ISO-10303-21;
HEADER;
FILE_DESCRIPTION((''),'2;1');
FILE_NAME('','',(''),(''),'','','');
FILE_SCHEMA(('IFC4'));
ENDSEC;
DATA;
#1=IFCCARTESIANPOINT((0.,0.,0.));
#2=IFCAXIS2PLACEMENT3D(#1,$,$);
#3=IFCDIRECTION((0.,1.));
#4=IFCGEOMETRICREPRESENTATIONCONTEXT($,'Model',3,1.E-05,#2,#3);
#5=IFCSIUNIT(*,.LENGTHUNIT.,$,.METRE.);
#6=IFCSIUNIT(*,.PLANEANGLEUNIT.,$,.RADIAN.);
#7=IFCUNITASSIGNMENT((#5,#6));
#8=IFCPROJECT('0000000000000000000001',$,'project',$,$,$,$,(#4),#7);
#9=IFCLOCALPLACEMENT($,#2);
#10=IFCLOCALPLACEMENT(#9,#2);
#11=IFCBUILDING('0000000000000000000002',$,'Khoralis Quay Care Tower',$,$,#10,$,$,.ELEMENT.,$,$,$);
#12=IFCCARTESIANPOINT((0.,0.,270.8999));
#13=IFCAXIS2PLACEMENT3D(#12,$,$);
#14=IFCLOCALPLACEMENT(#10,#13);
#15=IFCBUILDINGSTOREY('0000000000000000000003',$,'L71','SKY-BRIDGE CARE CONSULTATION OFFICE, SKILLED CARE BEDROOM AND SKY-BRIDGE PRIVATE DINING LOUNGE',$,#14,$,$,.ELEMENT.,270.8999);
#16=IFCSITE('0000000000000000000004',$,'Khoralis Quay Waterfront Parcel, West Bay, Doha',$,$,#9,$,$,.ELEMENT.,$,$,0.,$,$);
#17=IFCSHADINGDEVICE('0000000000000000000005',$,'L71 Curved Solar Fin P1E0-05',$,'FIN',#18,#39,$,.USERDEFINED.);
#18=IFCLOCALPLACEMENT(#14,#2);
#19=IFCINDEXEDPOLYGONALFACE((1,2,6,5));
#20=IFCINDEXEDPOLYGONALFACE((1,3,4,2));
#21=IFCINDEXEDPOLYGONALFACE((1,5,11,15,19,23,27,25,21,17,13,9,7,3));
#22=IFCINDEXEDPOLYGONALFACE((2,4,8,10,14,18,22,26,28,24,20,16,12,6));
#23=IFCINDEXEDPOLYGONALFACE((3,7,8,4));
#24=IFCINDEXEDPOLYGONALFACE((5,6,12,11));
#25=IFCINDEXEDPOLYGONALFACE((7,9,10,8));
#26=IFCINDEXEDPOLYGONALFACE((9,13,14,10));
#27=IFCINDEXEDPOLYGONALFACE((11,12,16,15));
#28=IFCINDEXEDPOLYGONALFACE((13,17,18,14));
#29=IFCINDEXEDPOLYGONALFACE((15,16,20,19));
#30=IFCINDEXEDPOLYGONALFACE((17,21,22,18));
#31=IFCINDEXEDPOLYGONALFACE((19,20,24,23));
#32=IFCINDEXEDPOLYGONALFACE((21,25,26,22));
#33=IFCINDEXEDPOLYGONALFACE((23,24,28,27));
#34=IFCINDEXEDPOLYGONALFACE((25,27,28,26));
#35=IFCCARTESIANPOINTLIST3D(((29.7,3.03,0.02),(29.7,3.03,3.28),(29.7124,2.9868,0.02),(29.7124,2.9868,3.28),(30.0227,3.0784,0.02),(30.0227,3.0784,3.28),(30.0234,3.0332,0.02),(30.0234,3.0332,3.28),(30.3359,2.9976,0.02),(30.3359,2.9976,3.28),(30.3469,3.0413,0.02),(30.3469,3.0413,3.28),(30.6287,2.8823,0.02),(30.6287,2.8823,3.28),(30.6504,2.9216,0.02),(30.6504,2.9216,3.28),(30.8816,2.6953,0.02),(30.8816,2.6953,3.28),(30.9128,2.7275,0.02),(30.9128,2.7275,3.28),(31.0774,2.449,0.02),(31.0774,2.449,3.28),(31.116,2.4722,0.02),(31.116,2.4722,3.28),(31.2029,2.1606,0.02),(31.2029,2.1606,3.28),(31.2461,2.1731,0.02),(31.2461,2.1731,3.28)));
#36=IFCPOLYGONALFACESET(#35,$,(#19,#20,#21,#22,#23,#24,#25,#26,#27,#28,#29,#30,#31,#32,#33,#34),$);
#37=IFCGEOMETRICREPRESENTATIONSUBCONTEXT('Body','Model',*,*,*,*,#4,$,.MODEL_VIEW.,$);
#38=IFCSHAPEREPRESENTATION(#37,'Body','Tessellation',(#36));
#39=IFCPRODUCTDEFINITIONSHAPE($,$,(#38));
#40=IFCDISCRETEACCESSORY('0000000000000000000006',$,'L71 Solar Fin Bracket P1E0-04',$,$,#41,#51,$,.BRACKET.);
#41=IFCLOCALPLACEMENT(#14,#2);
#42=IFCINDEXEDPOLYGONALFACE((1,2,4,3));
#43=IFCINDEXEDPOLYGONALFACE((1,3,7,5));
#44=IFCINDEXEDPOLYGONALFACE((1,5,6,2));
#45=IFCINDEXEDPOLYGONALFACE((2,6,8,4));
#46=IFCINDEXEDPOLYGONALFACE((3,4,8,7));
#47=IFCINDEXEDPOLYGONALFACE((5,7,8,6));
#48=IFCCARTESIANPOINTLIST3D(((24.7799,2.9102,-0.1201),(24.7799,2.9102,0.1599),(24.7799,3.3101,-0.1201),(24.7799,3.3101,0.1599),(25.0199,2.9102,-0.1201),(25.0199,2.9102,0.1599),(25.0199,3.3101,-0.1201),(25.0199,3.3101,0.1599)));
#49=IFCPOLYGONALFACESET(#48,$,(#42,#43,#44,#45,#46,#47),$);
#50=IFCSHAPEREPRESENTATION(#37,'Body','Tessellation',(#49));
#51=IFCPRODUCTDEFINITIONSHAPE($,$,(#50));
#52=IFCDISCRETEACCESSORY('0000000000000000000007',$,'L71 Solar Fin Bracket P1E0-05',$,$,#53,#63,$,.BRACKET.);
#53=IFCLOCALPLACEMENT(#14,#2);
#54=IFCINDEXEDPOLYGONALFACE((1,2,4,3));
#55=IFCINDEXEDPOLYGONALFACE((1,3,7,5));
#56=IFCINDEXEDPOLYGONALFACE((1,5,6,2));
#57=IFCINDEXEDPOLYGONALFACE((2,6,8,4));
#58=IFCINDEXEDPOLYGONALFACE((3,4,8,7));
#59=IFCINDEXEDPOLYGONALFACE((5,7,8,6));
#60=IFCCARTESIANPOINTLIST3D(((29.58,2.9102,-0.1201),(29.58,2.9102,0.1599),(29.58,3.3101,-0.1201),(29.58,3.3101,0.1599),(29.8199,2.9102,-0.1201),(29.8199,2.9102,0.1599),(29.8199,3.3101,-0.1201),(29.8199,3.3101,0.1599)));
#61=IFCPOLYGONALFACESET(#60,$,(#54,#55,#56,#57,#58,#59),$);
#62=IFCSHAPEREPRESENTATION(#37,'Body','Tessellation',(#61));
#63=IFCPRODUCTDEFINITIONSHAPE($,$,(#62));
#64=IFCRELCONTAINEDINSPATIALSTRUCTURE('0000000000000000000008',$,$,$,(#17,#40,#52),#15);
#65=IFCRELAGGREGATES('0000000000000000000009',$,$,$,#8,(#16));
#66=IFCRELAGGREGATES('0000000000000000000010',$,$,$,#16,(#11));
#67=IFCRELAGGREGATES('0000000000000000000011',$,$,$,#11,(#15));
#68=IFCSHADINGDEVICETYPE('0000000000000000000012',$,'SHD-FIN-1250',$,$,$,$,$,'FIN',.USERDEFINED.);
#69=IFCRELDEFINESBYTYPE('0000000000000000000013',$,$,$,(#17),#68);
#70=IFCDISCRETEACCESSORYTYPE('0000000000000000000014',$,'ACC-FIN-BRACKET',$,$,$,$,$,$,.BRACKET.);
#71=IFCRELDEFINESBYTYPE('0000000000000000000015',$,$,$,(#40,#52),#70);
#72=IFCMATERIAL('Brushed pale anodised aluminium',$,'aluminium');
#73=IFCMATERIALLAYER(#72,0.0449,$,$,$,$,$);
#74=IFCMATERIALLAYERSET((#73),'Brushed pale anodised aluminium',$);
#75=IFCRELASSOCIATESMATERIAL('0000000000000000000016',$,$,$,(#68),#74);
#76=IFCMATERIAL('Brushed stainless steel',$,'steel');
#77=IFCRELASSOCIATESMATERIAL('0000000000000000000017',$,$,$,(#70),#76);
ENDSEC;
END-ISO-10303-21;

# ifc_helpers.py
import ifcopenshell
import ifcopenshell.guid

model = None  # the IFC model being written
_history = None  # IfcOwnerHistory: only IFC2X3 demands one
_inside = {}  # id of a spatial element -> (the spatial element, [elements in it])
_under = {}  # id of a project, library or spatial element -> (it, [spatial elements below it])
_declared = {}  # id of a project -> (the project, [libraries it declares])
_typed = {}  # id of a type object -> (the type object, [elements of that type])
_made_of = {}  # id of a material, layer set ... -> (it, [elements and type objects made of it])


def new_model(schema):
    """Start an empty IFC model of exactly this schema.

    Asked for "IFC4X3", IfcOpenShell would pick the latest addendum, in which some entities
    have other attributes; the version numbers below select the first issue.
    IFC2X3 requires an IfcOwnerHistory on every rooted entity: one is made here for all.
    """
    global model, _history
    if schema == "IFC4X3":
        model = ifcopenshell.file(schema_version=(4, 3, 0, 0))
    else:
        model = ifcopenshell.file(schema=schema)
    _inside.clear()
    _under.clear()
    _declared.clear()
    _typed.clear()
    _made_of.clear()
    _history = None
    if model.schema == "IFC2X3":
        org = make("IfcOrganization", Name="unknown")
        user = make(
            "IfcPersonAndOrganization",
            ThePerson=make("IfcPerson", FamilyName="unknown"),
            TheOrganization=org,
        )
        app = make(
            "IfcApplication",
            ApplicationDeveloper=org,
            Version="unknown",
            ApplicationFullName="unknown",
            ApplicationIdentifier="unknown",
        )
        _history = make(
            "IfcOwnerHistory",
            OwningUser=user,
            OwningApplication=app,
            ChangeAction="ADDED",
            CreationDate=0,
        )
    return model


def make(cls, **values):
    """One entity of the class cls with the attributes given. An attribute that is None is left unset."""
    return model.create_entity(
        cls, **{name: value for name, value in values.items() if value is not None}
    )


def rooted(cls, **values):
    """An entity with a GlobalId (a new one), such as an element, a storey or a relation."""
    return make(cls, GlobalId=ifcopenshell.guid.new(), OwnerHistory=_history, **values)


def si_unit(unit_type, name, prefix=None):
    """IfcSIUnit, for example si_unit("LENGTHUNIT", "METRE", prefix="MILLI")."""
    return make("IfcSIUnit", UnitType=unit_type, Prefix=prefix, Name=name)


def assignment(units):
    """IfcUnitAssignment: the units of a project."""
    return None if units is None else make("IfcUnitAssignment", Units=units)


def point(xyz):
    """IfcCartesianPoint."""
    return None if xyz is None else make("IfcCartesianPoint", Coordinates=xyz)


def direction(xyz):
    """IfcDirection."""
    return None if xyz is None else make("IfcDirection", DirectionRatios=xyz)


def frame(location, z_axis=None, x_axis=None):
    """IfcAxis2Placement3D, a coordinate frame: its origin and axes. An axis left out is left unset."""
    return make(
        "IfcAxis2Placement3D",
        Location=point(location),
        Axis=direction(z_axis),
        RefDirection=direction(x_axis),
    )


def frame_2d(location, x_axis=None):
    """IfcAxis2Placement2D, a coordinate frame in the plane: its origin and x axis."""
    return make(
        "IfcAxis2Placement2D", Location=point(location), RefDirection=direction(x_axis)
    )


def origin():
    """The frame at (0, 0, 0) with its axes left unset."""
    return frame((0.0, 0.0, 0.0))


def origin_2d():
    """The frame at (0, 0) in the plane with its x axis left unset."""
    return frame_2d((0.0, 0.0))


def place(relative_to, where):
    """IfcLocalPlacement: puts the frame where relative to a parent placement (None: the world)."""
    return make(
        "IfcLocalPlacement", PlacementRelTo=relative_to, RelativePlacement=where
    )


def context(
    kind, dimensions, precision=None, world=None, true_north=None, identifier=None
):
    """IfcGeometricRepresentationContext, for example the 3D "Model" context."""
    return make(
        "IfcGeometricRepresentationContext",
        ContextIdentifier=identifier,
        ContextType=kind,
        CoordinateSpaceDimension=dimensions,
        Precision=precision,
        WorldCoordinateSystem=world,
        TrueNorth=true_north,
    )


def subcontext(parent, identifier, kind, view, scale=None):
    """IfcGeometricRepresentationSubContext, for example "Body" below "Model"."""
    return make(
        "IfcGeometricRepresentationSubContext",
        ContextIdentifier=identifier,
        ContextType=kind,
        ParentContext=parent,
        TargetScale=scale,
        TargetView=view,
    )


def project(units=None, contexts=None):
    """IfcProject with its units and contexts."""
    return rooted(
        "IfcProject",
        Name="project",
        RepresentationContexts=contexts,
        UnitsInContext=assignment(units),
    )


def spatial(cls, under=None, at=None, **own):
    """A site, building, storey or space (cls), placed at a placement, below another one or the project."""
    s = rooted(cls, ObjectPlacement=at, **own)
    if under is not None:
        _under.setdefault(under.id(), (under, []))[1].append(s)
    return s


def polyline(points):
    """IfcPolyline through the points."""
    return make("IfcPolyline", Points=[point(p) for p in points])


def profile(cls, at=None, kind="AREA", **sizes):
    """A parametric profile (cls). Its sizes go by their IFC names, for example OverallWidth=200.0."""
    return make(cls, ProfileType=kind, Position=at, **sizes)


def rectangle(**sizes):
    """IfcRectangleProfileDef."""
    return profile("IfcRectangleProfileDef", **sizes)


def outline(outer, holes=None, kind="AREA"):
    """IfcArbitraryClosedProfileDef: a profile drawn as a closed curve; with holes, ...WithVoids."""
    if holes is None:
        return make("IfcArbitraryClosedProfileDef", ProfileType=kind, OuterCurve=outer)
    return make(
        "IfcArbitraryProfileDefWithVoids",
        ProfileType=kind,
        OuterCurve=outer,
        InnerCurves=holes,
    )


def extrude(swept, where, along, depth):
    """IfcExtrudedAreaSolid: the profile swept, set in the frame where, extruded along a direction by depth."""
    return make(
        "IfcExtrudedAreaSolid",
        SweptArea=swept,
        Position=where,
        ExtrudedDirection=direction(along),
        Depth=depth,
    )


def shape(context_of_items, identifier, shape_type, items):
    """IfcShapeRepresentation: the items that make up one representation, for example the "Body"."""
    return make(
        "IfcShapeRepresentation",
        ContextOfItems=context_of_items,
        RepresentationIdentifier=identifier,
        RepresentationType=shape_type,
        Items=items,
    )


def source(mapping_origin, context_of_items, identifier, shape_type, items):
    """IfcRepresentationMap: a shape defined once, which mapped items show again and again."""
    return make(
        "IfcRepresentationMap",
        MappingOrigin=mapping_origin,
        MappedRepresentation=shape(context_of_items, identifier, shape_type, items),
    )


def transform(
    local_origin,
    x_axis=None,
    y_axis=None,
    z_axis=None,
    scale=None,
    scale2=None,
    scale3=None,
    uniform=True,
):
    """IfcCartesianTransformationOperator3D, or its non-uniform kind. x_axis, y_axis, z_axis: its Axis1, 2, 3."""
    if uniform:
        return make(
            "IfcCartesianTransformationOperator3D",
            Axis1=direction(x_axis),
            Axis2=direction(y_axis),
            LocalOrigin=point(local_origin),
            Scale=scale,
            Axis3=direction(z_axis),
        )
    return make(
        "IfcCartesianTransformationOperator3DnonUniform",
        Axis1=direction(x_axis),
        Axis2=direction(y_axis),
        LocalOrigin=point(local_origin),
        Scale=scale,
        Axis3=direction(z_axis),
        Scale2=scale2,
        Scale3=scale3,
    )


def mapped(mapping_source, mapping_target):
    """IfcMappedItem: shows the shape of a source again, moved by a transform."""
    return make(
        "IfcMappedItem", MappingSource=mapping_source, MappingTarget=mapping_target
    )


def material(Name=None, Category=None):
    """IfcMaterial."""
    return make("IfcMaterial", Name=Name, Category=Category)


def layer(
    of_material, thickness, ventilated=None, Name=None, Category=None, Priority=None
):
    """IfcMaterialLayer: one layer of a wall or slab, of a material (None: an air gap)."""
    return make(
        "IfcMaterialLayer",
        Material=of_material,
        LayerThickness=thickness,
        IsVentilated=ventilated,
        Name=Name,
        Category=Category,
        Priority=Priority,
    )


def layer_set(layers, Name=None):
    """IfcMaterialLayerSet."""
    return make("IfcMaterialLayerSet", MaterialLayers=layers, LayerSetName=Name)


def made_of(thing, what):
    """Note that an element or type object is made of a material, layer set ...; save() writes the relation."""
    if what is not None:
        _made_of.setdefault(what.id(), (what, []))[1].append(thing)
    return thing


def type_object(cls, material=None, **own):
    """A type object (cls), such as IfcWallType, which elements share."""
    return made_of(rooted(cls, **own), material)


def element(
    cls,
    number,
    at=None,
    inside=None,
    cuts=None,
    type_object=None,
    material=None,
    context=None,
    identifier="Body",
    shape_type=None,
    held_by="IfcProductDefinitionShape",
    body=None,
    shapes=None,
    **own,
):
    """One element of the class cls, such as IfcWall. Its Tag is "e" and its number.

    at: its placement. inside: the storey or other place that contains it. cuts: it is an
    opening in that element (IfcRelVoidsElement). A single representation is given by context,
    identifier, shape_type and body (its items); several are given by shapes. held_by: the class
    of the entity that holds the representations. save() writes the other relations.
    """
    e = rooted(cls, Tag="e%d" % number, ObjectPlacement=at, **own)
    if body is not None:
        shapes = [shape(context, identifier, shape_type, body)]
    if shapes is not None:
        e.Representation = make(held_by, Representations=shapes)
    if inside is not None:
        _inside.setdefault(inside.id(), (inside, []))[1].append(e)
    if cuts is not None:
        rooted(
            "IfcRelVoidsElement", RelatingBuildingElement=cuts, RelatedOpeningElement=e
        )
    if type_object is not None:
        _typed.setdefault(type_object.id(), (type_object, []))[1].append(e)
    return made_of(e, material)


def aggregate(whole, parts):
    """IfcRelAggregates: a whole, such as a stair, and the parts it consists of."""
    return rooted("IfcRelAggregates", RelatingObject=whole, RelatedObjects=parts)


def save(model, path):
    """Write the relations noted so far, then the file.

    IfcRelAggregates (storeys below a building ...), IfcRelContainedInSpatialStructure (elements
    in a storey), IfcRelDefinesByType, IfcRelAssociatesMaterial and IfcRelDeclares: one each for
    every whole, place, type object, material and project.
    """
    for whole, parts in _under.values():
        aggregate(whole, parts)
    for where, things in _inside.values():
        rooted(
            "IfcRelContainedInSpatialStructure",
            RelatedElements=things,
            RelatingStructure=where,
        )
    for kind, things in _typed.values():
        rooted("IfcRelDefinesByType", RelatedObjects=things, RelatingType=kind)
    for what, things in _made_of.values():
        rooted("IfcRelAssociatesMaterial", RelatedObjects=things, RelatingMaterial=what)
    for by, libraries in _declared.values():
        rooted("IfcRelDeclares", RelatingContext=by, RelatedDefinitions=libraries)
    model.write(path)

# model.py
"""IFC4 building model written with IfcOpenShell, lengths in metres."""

from ifc_helpers import new_model, si_unit, direction, frame, origin, origin_2d, place, context, subcontext, project, spatial, polyline, rectangle, outline, extrude, source, transform, mapped, material, layer, layer_set, type_object, element, save


model = new_model("IFC4")

# Units and contexts
model_context = context("Model", 3, precision=1e-05, world=origin(), true_north=direction((0.0, 1.0)))
body_context = subcontext(model_context, "Body", "Model", "MODEL_VIEW")
ifc_project = project(units=[si_unit("LENGTHUNIT", "METRE"), si_unit("PLANEANGLEUNIT", "RADIAN")], contexts=[model_context])

# Site, building, storey
site_placement = place(None, origin())
site = spatial("IfcSite", under=ifc_project, at=site_placement, Name="Khoralis Quay Waterfront Parcel, West Bay, Doha", CompositionType="ELEMENT", RefElevation=0.0)
building_placement = place(site_placement, origin())
building = spatial("IfcBuilding", under=site, at=building_placement, Name="Khoralis Quay Care Tower", CompositionType="ELEMENT")
storey_placement = place(building_placement, frame((0.0, 0.0, 270.8999)))
storey = spatial("IfcBuildingStorey", under=building, at=storey_placement, Name="L71", Description="SKY-BRIDGE CARE CONSULTATION OFFICE, SKILLED CARE BEDROOM AND SKY-BRIDGE PRIVATE DINING LOUNGE", CompositionType="ELEMENT", Elevation=270.8999)

# Shading device
ifc_material_1 = material(Name="Brushed pale anodised aluminium", Category="aluminium")
ifc_layer_1 = layer(ifc_material_1, 0.0449)
ifc_layer_set_1 = layer_set([ifc_layer_1], Name="Brushed pale anodised aluminium")
shading_device_type = type_object("IfcShadingDeviceType", Name="SHD-FIN-1250", ElementType="FIN", PredefinedType="USERDEFINED", material=ifc_layer_set_1)
shared_shape_1 = source(origin(), body_context, "Body", "SweptSolid", [
    extrude(outline(polyline([(0.0, 0.0), (-0.0483, 0.3228), (-0.0112, 0.647), (0.1084, 0.9504), (0.3025, 1.2129), (0.5579, 1.416), (0.8569, 1.5461), (0.8694, 1.5029), (0.5811, 1.3774), (0.3347, 1.1816), (0.1477, 0.9287), (0.0325, 0.636), (-0.0032, 0.3235), (0.0432, 0.0125), (0.0, 0.0)])), origin(), (0.0, 0.0, 1.0), 3.26),
])
for number, where, z_axis, x_axis, name in (
    (1, (29.7, 3.03, 0.02), (0.0, 0.0, 1.0), (0.0, -1.0, 0.0), "L71 Curved Solar Fin P1E0-05"),
):
    element("IfcShadingDevice", number, at=place(storey_placement, frame(where, z_axis=z_axis, x_axis=x_axis)), inside=storey, type_object=shading_device_type, Name=name, ObjectType="FIN", PredefinedType="USERDEFINED", context=body_context, shape_type="MappedRepresentation", body=[
        mapped(shared_shape_1, transform((0.0, 0.0, 0.0), scale=1.0)),
    ])

# Discrete accessories
ifc_material_2 = material(Name="Brushed stainless steel", Category="steel")
discrete_accessory_type = type_object("IfcDiscreteAccessoryType", Name="ACC-FIN-BRACKET", PredefinedType="BRACKET", material=ifc_material_2)
shared_shape_2 = source(origin(), body_context, "Body", "SweptSolid", [
    extrude(rectangle(XDim=0.3999, YDim=0.24, at=origin_2d()), origin(), (0.0, 0.0, 1.0), 0.28),
])
for number, where, z_axis, x_axis, name in (
    (2, (24.8999, 3.1101, -0.1201), (0.0, 0.0, 1.0), (0.0, -1.0, 0.0), "L71 Solar Fin Bracket P1E0-04"),
    (3, (29.7, 3.1101, -0.1201), (0.0, 0.0, 1.0), (0.0, -1.0, 0.0), "L71 Solar Fin Bracket P1E0-05"),
):
    element("IfcDiscreteAccessory", number, at=place(storey_placement, frame(where, z_axis=z_axis, x_axis=x_axis)), inside=storey, type_object=discrete_accessory_type, Name=name, PredefinedType="BRACKET", context=body_context, shape_type="MappedRepresentation", body=[
        mapped(shared_shape_2, transform((0.0, 0.0, 0.0), scale=1.0)),
    ])

save(model, "model.ifc")
